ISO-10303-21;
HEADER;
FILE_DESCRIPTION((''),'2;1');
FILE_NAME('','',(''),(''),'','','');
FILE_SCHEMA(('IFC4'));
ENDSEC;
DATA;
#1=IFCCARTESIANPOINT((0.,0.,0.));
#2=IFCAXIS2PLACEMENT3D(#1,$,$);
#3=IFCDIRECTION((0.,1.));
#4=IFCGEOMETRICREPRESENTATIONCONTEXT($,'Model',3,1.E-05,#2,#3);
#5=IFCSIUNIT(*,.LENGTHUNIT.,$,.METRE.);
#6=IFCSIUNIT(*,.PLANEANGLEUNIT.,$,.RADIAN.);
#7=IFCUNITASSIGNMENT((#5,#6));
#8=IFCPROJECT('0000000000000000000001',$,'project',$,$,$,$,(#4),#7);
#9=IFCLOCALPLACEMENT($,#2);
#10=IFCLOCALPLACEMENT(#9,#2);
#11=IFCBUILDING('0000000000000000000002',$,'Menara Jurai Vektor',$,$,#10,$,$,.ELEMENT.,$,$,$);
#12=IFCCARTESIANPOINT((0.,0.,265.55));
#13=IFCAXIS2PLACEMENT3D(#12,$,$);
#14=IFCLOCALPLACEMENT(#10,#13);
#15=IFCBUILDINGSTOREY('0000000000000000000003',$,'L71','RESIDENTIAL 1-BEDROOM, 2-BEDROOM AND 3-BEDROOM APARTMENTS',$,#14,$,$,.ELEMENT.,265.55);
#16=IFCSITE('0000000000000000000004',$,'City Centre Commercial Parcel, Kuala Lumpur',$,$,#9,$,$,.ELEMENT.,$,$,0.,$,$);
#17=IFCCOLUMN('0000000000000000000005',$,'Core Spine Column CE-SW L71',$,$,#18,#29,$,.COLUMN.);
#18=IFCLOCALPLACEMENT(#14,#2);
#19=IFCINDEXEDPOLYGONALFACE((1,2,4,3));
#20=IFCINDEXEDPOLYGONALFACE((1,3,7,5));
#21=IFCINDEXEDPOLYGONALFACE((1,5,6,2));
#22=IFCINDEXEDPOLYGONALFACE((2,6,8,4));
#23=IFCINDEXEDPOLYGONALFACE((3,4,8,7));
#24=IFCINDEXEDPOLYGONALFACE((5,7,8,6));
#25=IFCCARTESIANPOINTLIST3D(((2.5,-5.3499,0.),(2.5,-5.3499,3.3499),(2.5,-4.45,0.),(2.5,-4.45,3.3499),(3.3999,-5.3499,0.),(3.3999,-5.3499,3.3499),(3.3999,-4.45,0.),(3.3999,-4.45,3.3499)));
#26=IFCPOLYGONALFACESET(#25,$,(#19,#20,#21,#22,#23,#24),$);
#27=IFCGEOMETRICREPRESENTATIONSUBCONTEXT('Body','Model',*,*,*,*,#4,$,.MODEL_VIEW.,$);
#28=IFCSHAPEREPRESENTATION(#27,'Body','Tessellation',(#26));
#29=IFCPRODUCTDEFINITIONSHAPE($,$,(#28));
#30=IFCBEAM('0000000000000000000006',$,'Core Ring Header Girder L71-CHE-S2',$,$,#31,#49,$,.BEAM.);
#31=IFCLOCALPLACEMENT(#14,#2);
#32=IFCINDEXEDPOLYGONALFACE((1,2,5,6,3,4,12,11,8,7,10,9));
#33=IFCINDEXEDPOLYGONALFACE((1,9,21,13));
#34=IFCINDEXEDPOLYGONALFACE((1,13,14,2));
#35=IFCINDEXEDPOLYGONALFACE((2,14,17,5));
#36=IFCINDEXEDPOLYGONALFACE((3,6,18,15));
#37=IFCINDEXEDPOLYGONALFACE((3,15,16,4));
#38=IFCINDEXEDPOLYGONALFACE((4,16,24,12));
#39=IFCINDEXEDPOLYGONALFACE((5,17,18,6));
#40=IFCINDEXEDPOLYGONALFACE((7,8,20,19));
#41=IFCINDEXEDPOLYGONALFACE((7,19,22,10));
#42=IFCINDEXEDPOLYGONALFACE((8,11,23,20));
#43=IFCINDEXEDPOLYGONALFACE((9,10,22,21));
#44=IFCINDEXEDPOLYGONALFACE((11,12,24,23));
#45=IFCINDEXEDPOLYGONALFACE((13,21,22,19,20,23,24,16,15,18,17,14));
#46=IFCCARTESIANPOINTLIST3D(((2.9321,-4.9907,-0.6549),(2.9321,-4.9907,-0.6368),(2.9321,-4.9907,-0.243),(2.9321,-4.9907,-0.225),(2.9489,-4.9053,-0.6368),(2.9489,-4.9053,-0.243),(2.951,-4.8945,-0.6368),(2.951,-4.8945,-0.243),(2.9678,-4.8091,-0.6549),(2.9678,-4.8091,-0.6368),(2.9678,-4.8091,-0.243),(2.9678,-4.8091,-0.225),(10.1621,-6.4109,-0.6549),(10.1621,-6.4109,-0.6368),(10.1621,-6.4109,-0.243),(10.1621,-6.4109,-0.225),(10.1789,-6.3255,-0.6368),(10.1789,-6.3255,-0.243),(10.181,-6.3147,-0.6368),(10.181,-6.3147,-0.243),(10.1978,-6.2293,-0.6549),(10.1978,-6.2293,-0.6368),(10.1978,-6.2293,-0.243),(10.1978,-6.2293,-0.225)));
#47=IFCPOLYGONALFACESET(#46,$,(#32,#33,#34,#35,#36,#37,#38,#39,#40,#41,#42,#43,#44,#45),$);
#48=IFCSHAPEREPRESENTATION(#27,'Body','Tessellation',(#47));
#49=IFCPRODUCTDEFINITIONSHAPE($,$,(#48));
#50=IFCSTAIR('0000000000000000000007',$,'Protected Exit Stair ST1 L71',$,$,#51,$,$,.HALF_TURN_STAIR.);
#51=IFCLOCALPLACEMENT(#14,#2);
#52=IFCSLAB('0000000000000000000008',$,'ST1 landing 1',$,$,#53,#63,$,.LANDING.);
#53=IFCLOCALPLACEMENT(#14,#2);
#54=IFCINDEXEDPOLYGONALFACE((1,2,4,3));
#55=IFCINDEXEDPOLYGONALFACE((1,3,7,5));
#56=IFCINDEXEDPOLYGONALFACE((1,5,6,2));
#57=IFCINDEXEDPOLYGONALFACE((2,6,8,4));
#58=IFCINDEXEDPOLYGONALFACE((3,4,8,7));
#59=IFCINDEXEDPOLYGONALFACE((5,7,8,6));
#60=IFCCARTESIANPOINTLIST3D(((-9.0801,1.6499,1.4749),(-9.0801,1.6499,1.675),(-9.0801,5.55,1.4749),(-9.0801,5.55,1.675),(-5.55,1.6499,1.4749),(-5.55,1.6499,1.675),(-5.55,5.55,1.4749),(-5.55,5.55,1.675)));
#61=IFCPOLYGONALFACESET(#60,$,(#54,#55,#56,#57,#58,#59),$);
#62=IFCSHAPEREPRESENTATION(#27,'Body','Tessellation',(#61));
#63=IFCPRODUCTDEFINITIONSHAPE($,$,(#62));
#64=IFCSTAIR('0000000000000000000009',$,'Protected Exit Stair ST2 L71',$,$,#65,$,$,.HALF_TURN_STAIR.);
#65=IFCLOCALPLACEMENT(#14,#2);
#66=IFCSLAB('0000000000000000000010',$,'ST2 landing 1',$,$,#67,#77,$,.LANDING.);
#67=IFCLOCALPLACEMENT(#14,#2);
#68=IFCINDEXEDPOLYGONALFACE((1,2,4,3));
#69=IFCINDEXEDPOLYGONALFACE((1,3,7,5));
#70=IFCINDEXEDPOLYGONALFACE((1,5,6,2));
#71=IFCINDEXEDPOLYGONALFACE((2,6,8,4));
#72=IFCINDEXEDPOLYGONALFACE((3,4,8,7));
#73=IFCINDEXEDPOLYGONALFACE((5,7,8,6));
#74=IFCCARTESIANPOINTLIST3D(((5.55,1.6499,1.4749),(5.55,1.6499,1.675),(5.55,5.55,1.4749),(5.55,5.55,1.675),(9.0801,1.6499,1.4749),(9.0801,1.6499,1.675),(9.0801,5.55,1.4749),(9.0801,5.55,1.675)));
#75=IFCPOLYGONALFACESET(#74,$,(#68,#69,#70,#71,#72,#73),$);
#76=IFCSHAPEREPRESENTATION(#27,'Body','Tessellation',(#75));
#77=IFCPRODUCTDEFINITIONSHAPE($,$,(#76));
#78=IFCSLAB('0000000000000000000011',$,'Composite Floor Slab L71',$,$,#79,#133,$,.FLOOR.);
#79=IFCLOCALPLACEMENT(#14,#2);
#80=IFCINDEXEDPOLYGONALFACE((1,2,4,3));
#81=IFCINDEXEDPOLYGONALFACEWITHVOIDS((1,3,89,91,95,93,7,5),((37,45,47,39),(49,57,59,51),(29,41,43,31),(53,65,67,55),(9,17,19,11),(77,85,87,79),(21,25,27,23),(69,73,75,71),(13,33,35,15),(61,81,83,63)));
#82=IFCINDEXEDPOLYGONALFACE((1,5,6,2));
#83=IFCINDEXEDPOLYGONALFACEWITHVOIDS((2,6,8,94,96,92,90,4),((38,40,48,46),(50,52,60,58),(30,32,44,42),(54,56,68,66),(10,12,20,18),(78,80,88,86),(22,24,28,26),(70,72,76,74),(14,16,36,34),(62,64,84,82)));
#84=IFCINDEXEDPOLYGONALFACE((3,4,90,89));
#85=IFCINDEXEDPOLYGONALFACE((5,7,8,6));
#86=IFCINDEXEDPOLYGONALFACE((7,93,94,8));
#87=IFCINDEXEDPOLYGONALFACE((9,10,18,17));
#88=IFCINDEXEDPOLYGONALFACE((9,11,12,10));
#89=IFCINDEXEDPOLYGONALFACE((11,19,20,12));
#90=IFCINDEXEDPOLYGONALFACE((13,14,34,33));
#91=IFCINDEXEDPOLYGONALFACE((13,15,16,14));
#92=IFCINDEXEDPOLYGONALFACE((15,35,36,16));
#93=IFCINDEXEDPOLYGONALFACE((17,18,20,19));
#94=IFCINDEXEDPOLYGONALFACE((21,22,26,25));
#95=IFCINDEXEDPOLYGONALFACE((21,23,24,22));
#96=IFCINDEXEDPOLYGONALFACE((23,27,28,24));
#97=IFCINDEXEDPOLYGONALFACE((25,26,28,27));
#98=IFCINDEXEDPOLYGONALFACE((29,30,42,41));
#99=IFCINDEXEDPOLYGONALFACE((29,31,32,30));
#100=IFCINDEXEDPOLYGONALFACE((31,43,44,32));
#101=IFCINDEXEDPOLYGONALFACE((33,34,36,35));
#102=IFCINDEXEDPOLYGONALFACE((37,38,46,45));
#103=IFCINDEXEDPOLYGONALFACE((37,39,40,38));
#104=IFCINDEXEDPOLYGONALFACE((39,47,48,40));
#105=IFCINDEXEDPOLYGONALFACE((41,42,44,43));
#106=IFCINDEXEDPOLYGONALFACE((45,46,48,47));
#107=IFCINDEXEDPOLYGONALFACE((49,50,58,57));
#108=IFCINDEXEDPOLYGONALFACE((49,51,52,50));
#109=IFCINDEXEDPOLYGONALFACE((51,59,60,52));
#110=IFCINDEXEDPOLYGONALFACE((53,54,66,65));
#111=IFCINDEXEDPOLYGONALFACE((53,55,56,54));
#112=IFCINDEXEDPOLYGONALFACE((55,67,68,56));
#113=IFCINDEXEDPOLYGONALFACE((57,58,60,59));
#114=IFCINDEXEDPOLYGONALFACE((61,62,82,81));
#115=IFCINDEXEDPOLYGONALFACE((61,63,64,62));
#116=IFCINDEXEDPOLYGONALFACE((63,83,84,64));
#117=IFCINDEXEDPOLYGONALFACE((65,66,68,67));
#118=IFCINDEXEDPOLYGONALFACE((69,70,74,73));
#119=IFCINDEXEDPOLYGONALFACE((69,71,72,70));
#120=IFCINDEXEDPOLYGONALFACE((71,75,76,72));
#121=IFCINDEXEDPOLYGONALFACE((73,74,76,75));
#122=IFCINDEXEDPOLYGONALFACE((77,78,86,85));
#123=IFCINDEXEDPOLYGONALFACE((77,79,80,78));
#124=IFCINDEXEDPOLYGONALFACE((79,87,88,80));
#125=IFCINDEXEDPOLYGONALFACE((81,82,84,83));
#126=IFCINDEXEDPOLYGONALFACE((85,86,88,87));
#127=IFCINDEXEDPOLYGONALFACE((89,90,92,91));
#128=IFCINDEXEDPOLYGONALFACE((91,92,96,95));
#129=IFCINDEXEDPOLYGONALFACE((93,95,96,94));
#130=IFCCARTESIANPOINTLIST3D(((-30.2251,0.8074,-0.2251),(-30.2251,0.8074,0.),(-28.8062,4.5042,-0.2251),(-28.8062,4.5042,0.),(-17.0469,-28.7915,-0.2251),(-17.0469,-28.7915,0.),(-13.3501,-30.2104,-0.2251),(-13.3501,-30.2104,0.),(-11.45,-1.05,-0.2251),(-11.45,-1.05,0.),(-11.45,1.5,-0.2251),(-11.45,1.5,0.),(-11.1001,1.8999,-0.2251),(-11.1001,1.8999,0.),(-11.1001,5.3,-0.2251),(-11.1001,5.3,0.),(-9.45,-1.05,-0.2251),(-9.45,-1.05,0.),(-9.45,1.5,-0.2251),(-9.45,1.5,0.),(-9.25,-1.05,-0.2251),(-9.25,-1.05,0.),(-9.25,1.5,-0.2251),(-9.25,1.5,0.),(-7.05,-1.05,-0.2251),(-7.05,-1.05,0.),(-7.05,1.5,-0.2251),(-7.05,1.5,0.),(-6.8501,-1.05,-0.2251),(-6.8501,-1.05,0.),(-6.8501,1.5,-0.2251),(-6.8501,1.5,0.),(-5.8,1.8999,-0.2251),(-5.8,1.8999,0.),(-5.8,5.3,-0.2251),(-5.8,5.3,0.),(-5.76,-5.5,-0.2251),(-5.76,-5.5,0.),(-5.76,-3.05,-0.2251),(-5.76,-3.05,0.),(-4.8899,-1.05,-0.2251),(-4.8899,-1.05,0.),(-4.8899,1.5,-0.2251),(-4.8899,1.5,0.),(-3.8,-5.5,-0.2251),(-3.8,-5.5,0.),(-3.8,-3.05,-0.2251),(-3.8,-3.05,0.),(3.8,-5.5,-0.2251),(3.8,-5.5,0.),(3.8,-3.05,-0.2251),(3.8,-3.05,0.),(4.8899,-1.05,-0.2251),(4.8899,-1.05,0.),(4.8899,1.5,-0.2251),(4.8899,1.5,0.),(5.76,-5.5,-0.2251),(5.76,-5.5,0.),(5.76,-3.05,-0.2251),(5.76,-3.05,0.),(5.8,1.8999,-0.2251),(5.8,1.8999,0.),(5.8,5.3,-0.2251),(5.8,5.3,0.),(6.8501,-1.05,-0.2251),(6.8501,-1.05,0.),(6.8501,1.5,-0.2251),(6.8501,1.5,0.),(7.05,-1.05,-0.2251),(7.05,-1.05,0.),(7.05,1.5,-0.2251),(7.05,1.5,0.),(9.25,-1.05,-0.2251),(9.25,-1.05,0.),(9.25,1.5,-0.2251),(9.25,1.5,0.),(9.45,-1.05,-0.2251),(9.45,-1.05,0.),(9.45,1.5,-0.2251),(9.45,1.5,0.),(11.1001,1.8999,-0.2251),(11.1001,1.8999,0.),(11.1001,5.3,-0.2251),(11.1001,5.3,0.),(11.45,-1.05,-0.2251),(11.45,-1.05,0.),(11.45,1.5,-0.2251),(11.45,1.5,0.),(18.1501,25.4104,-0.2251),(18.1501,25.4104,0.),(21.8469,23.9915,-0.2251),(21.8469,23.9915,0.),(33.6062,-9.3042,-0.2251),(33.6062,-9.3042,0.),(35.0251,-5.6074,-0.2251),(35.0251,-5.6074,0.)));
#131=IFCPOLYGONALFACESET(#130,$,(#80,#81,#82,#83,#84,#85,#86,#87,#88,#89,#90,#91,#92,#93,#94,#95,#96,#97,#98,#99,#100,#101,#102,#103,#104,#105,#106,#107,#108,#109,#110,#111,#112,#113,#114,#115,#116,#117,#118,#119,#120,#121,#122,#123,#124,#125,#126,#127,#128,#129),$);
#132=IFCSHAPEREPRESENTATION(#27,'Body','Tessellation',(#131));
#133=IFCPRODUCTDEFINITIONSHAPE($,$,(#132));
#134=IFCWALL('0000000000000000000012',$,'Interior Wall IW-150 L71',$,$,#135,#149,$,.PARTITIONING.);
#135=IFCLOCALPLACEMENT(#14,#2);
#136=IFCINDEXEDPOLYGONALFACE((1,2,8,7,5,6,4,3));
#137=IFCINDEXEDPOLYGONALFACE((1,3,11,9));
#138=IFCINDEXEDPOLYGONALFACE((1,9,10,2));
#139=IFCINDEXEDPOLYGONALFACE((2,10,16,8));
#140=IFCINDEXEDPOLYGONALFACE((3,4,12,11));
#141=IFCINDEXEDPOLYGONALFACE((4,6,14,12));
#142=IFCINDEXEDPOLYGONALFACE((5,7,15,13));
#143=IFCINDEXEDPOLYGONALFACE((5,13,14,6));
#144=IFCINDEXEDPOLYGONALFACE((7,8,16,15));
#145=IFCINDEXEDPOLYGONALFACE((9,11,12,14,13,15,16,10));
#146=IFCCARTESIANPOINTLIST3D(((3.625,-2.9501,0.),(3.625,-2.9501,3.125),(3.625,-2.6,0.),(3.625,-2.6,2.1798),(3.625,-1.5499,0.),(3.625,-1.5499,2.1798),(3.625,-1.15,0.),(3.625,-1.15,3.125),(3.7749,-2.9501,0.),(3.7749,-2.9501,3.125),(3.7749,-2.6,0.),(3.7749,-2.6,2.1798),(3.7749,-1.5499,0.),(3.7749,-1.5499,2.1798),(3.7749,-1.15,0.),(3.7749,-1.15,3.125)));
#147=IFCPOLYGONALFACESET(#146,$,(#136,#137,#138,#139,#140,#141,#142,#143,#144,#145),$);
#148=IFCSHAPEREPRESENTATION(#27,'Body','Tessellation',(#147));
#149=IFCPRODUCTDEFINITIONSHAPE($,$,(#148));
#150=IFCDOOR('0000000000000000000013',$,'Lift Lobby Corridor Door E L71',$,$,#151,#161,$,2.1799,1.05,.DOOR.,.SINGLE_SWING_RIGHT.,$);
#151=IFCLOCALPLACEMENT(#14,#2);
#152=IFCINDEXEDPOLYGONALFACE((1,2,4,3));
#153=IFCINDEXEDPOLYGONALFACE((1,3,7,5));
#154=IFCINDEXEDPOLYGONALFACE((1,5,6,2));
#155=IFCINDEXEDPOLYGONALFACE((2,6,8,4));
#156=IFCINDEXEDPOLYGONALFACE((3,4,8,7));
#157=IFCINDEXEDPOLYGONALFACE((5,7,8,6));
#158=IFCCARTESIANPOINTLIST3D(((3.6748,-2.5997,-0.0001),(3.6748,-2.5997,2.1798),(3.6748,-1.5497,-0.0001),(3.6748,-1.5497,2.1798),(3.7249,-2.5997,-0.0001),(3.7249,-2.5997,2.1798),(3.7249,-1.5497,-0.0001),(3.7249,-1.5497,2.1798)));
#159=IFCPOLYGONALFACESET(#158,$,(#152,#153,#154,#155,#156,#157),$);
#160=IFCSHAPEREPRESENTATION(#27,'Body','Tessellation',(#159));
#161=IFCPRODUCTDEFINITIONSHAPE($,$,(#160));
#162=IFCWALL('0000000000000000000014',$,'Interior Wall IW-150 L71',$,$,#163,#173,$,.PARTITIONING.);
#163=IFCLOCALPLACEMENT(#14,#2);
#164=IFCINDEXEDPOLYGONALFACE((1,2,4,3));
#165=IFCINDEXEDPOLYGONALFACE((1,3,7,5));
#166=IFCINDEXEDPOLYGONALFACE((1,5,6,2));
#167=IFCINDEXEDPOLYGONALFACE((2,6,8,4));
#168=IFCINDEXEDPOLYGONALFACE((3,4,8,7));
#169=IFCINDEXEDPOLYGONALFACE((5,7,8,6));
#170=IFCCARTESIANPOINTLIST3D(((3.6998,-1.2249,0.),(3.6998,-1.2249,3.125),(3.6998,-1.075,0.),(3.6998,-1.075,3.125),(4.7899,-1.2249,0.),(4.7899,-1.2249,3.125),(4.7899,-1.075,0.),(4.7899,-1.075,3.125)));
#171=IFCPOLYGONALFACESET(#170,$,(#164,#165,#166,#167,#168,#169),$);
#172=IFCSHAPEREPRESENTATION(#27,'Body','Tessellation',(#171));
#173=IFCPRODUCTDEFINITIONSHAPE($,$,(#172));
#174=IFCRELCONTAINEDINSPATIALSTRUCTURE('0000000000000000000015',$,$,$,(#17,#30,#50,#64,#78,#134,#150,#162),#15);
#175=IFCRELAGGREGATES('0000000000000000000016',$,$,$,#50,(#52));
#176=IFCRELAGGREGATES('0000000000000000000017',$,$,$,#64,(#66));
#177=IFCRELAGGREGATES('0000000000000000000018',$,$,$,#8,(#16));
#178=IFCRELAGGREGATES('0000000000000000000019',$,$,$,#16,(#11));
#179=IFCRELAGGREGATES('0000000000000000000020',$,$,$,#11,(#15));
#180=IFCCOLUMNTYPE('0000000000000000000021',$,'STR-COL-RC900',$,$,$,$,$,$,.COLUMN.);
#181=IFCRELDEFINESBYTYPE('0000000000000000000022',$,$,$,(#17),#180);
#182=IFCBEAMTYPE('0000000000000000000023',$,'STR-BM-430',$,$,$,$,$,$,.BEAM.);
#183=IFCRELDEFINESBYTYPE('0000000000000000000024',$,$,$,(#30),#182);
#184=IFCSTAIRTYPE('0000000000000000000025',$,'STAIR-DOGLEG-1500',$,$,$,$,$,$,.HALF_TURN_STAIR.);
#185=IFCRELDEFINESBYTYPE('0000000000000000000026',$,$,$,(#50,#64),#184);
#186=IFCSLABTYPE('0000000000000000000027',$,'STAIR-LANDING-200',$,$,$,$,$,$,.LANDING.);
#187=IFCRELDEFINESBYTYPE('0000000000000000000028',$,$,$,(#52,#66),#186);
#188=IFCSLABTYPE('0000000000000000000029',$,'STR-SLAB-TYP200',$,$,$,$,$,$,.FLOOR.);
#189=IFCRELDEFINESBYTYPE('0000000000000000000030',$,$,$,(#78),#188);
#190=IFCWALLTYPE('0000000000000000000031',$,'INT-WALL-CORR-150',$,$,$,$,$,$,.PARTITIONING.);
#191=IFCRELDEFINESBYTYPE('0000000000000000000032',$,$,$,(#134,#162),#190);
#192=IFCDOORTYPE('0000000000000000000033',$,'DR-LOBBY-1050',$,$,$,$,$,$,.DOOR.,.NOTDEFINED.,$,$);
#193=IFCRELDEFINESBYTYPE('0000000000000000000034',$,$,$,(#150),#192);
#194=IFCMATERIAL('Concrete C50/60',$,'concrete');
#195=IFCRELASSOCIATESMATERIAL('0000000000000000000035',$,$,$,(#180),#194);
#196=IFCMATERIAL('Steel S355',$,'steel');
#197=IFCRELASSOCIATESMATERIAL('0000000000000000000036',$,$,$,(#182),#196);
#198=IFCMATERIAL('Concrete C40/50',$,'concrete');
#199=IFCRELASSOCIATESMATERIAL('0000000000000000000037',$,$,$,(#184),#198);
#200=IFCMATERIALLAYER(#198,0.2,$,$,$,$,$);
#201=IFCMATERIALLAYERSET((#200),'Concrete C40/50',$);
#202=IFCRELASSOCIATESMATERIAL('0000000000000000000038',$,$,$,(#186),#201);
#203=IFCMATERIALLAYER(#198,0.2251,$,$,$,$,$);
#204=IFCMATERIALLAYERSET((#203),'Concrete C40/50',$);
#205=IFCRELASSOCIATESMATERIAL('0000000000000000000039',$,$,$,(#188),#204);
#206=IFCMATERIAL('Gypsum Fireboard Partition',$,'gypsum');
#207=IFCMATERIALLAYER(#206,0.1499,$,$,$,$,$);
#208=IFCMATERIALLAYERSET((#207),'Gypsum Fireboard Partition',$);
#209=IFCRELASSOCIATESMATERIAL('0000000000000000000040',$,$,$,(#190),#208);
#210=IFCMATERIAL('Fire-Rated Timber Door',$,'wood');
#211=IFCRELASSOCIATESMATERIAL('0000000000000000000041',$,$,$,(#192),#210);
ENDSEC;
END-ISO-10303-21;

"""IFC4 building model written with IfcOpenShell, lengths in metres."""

from ifc_helpers import new_model, si_unit, direction, frame, frame_2d, origin, origin_2d, place, context, subcontext, project, spatial, polyline, rectangle, i_section, outline, extrude, material, layer, layer_set, material_profile, profile_set, type_object, element, fill, aggregate, save


model = new_model("IFC4")

# Units and contexts
model_context = context("Model", 3, precision=1e-05, world=origin(), true_north=direction((0.0, 1.0)))
body_context = subcontext(model_context, "Body", "Model", "MODEL_VIEW")
ifc_project = project(units=[si_unit("LENGTHUNIT", "METRE"), si_unit("PLANEANGLEUNIT", "RADIAN")], contexts=[model_context])

# Site, building, storey
site_placement = place(None, origin())
site = spatial("IfcSite", under=ifc_project, at=site_placement, Name="City Centre Commercial Parcel, Kuala Lumpur", CompositionType="ELEMENT", RefElevation=0.0)
building_placement = place(site_placement, origin())
building = spatial("IfcBuilding", under=site, at=building_placement, Name="Menara Jurai Vektor", CompositionType="ELEMENT")
storey_placement = place(building_placement, frame((0.0, 0.0, 265.55)))
storey = spatial("IfcBuildingStorey", under=building, at=storey_placement, Name="L71", Description="RESIDENTIAL 1-BEDROOM, 2-BEDROOM AND 3-BEDROOM APARTMENTS", CompositionType="ELEMENT", Elevation=265.55)

# Column
ifc_material_1 = material(Name="Concrete C50/60", Category="concrete")
ifc_material_profile_1 = material_profile(ifc_material_1, rectangle(XDim=0.8999, YDim=0.8999, at=origin_2d()), Name="RC 900x900")
ifc_profile_set_1 = profile_set([ifc_material_profile_1], Name="Concrete C50/60")
column_type = type_object("IfcColumnType", Name="STR-COL-RC900", PredefinedType="COLUMN", material=ifc_profile_set_1)
column_placement = place(storey_placement, frame((2.95, -4.8999, 0.0), z_axis=(0.0, 0.0, 1.0), x_axis=(1.0, 0.0, 0.0)))
element("IfcColumn", 1, at=column_placement, inside=storey, type_object=column_type, Name="Core Spine Column CE-SW L71", PredefinedType="COLUMN", context=body_context, shape_type="SweptSolid", body=[
    extrude(rectangle(XDim=0.8999, YDim=0.8999, at=origin_2d()), origin(), (0.0, 0.0, 1.0), 3.3499),
])

# Beam
ifc_material_2 = material(Name="Steel S355", Category="steel")
ifc_material_profile_2 = material_profile(ifc_material_2, i_section(OverallWidth=0.1851, OverallDepth=0.4299, WebThickness=0.011, FlangeThickness=0.0181, at=origin_2d()), Name="PG 430x185x76")
ifc_profile_set_2 = profile_set([ifc_material_profile_2], Name="Steel S355")
beam_type = type_object("IfcBeamType", Name="STR-BM-430", PredefinedType="BEAM", material=ifc_profile_set_2)
beam_placement = place(storey_placement, frame((2.95, -4.8999, -0.4399), z_axis=(0.981249, -0.192744, 0.0), x_axis=(0.192744, 0.981249, 0.0)))
element("IfcBeam", 2, at=beam_placement, inside=storey, type_object=beam_type, Name="Core Ring Header Girder L71-CHE-S2", PredefinedType="BEAM", context=body_context, shape_type="SweptSolid", body=[
    extrude(i_section(OverallWidth=0.1851, OverallDepth=0.4299, WebThickness=0.011, FlangeThickness=0.0181, at=origin_2d()), origin(), (0.0, 0.0, 1.0), 7.3682),
])

# Stairs, slabs
ifc_material_3 = material(Name="Concrete C40/50", Category="concrete")
stair_type = type_object("IfcStairType", Name="STAIR-DOGLEG-1500", PredefinedType="HALF_TURN_STAIR", material=ifc_material_3)
stair_1_placement = place(storey_placement, origin())
stair_1 = element("IfcStair", 3, at=stair_1_placement, inside=storey, type_object=stair_type, Name="Protected Exit Stair ST1 L71", PredefinedType="HALF_TURN_STAIR")
ifc_layer_1 = layer(ifc_material_3, 0.2)
ifc_layer_set_1 = layer_set([ifc_layer_1], Name="Concrete C40/50")
slab_type_1 = type_object("IfcSlabType", Name="STAIR-LANDING-200", PredefinedType="LANDING", material=ifc_layer_set_1)
slab_1_placement = place(storey_placement, frame((0.0, 0.0, 1.4749)))
slab_1 = element("IfcSlab", 4, at=slab_1_placement, type_object=slab_type_1, Name="ST1 landing 1", PredefinedType="LANDING", context=body_context, shape_type="SweptSolid", body=[
    extrude(outline(polyline([(-9.0801, 1.6499), (-5.55, 1.6499), (-5.55, 5.55), (-9.0801, 5.55), (-9.0801, 1.6499)])), origin(), (0.0, 0.0, 1.0), 0.2002),
])
aggregate(stair_1, [slab_1])
stair_2_placement = place(storey_placement, origin())
stair_2 = element("IfcStair", 5, at=stair_2_placement, inside=storey, type_object=stair_type, Name="Protected Exit Stair ST2 L71", PredefinedType="HALF_TURN_STAIR")
slab_2_placement = place(storey_placement, frame((0.0, 0.0, 1.4749)))
slab_2 = element("IfcSlab", 6, at=slab_2_placement, type_object=slab_type_1, Name="ST2 landing 1", PredefinedType="LANDING", context=body_context, shape_type="SweptSolid", body=[
    extrude(outline(polyline([(5.55, 1.6499), (9.0801, 1.6499), (9.0801, 5.55), (5.55, 5.55), (5.55, 1.6499)])), origin(), (0.0, 0.0, 1.0), 0.2002),
])
aggregate(stair_2, [slab_2])

# Slab
ifc_layer_2 = layer(ifc_material_3, 0.2251)
ifc_layer_set_2 = layer_set([ifc_layer_2], Name="Concrete C40/50")
slab_type_2 = type_object("IfcSlabType", Name="STR-SLAB-TYP200", PredefinedType="FLOOR", material=ifc_layer_set_2)
slab_3_placement = place(storey_placement, frame((0.0, 0.0, -0.2251)))
element("IfcSlab", 7, at=slab_3_placement, inside=storey, type_object=slab_type_2, Name="Composite Floor Slab L71", PredefinedType="FLOOR", context=body_context, shape_type="SweptSolid", body=[
    extrude(outline(polyline([(-13.3501, -30.2104), (33.6062, -9.3042), (35.0251, -5.6074), (21.8469, 23.9915), (18.1501, 25.4104), (-28.8062, 4.5042), (-30.2251, 0.8074), (-17.0469, -28.7915), (-13.3501, -30.2104)]), holes=[polyline([(-11.1001, 1.8999), (-11.1001, 5.3), (-5.8, 5.3), (-5.8, 1.8999), (-11.1001, 1.8999)]), polyline([(5.8, 1.8999), (5.8, 5.3), (11.1001, 5.3), (11.1001, 1.8999), (5.8, 1.8999)]), polyline([(-11.45, -1.05), (-11.45, 1.5), (-9.45, 1.5), (-9.45, -1.05), (-11.45, -1.05)]), polyline([(9.45, -1.05), (9.45, 1.5), (11.45, 1.5), (11.45, -1.05), (9.45, -1.05)]), polyline([(-5.76, -5.5), (-5.76, -3.05), (-3.8, -3.05), (-3.8, -5.5), (-5.76, -5.5)]), polyline([(-6.8501, -1.05), (-6.8501, 1.5), (-4.8899, 1.5), (-4.8899, -1.05), (-6.8501, -1.05)]), polyline([(3.8, -5.5), (3.8, -3.05), (5.76, -3.05), (5.76, -5.5), (3.8, -5.5)]), polyline([(4.8899, -1.05), (4.8899, 1.5), (6.8501, 1.5), (6.8501, -1.05), (4.8899, -1.05)]), polyline([(-9.25, -1.05), (-9.25, 1.5), (-7.05, 1.5), (-7.05, -1.05), (-9.25, -1.05)]), polyline([(7.05, -1.05), (7.05, 1.5), (9.25, 1.5), (9.25, -1.05), (7.05, -1.05)])]), origin(), (0.0, 0.0, 1.0), 0.2251),
])

# Wall, opening, door
ifc_material_4 = material(Name="Gypsum Fireboard Partition", Category="gypsum")
ifc_layer_3 = layer(ifc_material_4, 0.1499)
ifc_layer_set_3 = layer_set([ifc_layer_3], Name="Gypsum Fireboard Partition")
wall_type_1 = type_object("IfcWallType", Name="INT-WALL-CORR-150", PredefinedType="PARTITIONING", material=ifc_layer_set_3)
wall_1_placement = place(storey_placement, frame((3.7, -2.95, 0.0), z_axis=(0.0, 0.0, 1.0), x_axis=(0.0, 1.0, 0.0)))
wall_1 = element("IfcWall", 8, at=wall_1_placement, inside=storey, type_object=wall_type_1, Name="Interior Wall IW-150 L71", PredefinedType="PARTITIONING", context=body_context, shape_type="SweptSolid", body=[
    extrude(rectangle(XDim=1.8, YDim=0.1499, at=frame_2d((0.8999, 0.0))), origin(), (0.0, 0.0, 1.0), 3.125),
])
opening_1_placement = place(wall_1_placement, frame((0.3501, 0.0, 0.0)))
opening_1 = element("IfcOpeningElement", 9, at=opening_1_placement, cuts=wall_1, PredefinedType="OPENING", context=body_context, shape_type="SweptSolid", body=[
    extrude(rectangle(XDim=1.05, YDim=2.1799, at=frame_2d((0.5249, 1.0898))), frame((0.0, 0.085, 0.0), z_axis=(0.0, -1.0, 0.0), x_axis=(1.0, 0.0, 0.0)), (0.0, 0.0, 1.0), 0.1699),
])
ifc_material_5 = material(Name="Fire-Rated Timber Door", Category="wood")
door_type_1 = type_object("IfcDoorType", Name="DR-LOBBY-1050", OperationType="NOTDEFINED", PredefinedType="DOOR", material=ifc_material_5)
door_1_placement = place(opening_1_placement, frame((1.05, 0.0, 0.0), z_axis=(0.0, 0.0, 1.0), x_axis=(-1.0, 0.0, 0.0)))
door_1 = element("IfcDoor", 10, at=door_1_placement, inside=storey, type_object=door_type_1, Name="Lift Lobby Corridor Door E L71", OperationType="SINGLE_SWING_RIGHT", OverallHeight=2.1799, OverallWidth=1.05, PredefinedType="DOOR", context=body_context, shape_type="SweptSolid", body=[
    extrude(rectangle(XDim=1.05, YDim=2.1799, at=frame_2d((0.5249, 1.0898))), frame((0.0, 0.0249, 0.0), z_axis=(0.0, -1.0, 0.0), x_axis=(1.0, 0.0, 0.0)), (0.0, 0.0, 1.0), 0.05),
])
fill(opening_1, door_1)

# Wall
wall_2_placement = place(storey_placement, frame((3.7, -1.1499, 0.0), z_axis=(0.0, 0.0, 1.0), x_axis=(1.0, 0.0, 0.0)))
element("IfcWall", 11, at=wall_2_placement, inside=storey, type_object=wall_type_1, Name="Interior Wall IW-150 L71", PredefinedType="PARTITIONING", context=body_context, shape_type="SweptSolid", body=[
    extrude(rectangle(XDim=1.0901, YDim=0.1499, at=frame_2d((0.5449, 0.0))), origin(), (0.0, 0.0, 1.0), 3.125),
])

save(model, "model.ifc")
